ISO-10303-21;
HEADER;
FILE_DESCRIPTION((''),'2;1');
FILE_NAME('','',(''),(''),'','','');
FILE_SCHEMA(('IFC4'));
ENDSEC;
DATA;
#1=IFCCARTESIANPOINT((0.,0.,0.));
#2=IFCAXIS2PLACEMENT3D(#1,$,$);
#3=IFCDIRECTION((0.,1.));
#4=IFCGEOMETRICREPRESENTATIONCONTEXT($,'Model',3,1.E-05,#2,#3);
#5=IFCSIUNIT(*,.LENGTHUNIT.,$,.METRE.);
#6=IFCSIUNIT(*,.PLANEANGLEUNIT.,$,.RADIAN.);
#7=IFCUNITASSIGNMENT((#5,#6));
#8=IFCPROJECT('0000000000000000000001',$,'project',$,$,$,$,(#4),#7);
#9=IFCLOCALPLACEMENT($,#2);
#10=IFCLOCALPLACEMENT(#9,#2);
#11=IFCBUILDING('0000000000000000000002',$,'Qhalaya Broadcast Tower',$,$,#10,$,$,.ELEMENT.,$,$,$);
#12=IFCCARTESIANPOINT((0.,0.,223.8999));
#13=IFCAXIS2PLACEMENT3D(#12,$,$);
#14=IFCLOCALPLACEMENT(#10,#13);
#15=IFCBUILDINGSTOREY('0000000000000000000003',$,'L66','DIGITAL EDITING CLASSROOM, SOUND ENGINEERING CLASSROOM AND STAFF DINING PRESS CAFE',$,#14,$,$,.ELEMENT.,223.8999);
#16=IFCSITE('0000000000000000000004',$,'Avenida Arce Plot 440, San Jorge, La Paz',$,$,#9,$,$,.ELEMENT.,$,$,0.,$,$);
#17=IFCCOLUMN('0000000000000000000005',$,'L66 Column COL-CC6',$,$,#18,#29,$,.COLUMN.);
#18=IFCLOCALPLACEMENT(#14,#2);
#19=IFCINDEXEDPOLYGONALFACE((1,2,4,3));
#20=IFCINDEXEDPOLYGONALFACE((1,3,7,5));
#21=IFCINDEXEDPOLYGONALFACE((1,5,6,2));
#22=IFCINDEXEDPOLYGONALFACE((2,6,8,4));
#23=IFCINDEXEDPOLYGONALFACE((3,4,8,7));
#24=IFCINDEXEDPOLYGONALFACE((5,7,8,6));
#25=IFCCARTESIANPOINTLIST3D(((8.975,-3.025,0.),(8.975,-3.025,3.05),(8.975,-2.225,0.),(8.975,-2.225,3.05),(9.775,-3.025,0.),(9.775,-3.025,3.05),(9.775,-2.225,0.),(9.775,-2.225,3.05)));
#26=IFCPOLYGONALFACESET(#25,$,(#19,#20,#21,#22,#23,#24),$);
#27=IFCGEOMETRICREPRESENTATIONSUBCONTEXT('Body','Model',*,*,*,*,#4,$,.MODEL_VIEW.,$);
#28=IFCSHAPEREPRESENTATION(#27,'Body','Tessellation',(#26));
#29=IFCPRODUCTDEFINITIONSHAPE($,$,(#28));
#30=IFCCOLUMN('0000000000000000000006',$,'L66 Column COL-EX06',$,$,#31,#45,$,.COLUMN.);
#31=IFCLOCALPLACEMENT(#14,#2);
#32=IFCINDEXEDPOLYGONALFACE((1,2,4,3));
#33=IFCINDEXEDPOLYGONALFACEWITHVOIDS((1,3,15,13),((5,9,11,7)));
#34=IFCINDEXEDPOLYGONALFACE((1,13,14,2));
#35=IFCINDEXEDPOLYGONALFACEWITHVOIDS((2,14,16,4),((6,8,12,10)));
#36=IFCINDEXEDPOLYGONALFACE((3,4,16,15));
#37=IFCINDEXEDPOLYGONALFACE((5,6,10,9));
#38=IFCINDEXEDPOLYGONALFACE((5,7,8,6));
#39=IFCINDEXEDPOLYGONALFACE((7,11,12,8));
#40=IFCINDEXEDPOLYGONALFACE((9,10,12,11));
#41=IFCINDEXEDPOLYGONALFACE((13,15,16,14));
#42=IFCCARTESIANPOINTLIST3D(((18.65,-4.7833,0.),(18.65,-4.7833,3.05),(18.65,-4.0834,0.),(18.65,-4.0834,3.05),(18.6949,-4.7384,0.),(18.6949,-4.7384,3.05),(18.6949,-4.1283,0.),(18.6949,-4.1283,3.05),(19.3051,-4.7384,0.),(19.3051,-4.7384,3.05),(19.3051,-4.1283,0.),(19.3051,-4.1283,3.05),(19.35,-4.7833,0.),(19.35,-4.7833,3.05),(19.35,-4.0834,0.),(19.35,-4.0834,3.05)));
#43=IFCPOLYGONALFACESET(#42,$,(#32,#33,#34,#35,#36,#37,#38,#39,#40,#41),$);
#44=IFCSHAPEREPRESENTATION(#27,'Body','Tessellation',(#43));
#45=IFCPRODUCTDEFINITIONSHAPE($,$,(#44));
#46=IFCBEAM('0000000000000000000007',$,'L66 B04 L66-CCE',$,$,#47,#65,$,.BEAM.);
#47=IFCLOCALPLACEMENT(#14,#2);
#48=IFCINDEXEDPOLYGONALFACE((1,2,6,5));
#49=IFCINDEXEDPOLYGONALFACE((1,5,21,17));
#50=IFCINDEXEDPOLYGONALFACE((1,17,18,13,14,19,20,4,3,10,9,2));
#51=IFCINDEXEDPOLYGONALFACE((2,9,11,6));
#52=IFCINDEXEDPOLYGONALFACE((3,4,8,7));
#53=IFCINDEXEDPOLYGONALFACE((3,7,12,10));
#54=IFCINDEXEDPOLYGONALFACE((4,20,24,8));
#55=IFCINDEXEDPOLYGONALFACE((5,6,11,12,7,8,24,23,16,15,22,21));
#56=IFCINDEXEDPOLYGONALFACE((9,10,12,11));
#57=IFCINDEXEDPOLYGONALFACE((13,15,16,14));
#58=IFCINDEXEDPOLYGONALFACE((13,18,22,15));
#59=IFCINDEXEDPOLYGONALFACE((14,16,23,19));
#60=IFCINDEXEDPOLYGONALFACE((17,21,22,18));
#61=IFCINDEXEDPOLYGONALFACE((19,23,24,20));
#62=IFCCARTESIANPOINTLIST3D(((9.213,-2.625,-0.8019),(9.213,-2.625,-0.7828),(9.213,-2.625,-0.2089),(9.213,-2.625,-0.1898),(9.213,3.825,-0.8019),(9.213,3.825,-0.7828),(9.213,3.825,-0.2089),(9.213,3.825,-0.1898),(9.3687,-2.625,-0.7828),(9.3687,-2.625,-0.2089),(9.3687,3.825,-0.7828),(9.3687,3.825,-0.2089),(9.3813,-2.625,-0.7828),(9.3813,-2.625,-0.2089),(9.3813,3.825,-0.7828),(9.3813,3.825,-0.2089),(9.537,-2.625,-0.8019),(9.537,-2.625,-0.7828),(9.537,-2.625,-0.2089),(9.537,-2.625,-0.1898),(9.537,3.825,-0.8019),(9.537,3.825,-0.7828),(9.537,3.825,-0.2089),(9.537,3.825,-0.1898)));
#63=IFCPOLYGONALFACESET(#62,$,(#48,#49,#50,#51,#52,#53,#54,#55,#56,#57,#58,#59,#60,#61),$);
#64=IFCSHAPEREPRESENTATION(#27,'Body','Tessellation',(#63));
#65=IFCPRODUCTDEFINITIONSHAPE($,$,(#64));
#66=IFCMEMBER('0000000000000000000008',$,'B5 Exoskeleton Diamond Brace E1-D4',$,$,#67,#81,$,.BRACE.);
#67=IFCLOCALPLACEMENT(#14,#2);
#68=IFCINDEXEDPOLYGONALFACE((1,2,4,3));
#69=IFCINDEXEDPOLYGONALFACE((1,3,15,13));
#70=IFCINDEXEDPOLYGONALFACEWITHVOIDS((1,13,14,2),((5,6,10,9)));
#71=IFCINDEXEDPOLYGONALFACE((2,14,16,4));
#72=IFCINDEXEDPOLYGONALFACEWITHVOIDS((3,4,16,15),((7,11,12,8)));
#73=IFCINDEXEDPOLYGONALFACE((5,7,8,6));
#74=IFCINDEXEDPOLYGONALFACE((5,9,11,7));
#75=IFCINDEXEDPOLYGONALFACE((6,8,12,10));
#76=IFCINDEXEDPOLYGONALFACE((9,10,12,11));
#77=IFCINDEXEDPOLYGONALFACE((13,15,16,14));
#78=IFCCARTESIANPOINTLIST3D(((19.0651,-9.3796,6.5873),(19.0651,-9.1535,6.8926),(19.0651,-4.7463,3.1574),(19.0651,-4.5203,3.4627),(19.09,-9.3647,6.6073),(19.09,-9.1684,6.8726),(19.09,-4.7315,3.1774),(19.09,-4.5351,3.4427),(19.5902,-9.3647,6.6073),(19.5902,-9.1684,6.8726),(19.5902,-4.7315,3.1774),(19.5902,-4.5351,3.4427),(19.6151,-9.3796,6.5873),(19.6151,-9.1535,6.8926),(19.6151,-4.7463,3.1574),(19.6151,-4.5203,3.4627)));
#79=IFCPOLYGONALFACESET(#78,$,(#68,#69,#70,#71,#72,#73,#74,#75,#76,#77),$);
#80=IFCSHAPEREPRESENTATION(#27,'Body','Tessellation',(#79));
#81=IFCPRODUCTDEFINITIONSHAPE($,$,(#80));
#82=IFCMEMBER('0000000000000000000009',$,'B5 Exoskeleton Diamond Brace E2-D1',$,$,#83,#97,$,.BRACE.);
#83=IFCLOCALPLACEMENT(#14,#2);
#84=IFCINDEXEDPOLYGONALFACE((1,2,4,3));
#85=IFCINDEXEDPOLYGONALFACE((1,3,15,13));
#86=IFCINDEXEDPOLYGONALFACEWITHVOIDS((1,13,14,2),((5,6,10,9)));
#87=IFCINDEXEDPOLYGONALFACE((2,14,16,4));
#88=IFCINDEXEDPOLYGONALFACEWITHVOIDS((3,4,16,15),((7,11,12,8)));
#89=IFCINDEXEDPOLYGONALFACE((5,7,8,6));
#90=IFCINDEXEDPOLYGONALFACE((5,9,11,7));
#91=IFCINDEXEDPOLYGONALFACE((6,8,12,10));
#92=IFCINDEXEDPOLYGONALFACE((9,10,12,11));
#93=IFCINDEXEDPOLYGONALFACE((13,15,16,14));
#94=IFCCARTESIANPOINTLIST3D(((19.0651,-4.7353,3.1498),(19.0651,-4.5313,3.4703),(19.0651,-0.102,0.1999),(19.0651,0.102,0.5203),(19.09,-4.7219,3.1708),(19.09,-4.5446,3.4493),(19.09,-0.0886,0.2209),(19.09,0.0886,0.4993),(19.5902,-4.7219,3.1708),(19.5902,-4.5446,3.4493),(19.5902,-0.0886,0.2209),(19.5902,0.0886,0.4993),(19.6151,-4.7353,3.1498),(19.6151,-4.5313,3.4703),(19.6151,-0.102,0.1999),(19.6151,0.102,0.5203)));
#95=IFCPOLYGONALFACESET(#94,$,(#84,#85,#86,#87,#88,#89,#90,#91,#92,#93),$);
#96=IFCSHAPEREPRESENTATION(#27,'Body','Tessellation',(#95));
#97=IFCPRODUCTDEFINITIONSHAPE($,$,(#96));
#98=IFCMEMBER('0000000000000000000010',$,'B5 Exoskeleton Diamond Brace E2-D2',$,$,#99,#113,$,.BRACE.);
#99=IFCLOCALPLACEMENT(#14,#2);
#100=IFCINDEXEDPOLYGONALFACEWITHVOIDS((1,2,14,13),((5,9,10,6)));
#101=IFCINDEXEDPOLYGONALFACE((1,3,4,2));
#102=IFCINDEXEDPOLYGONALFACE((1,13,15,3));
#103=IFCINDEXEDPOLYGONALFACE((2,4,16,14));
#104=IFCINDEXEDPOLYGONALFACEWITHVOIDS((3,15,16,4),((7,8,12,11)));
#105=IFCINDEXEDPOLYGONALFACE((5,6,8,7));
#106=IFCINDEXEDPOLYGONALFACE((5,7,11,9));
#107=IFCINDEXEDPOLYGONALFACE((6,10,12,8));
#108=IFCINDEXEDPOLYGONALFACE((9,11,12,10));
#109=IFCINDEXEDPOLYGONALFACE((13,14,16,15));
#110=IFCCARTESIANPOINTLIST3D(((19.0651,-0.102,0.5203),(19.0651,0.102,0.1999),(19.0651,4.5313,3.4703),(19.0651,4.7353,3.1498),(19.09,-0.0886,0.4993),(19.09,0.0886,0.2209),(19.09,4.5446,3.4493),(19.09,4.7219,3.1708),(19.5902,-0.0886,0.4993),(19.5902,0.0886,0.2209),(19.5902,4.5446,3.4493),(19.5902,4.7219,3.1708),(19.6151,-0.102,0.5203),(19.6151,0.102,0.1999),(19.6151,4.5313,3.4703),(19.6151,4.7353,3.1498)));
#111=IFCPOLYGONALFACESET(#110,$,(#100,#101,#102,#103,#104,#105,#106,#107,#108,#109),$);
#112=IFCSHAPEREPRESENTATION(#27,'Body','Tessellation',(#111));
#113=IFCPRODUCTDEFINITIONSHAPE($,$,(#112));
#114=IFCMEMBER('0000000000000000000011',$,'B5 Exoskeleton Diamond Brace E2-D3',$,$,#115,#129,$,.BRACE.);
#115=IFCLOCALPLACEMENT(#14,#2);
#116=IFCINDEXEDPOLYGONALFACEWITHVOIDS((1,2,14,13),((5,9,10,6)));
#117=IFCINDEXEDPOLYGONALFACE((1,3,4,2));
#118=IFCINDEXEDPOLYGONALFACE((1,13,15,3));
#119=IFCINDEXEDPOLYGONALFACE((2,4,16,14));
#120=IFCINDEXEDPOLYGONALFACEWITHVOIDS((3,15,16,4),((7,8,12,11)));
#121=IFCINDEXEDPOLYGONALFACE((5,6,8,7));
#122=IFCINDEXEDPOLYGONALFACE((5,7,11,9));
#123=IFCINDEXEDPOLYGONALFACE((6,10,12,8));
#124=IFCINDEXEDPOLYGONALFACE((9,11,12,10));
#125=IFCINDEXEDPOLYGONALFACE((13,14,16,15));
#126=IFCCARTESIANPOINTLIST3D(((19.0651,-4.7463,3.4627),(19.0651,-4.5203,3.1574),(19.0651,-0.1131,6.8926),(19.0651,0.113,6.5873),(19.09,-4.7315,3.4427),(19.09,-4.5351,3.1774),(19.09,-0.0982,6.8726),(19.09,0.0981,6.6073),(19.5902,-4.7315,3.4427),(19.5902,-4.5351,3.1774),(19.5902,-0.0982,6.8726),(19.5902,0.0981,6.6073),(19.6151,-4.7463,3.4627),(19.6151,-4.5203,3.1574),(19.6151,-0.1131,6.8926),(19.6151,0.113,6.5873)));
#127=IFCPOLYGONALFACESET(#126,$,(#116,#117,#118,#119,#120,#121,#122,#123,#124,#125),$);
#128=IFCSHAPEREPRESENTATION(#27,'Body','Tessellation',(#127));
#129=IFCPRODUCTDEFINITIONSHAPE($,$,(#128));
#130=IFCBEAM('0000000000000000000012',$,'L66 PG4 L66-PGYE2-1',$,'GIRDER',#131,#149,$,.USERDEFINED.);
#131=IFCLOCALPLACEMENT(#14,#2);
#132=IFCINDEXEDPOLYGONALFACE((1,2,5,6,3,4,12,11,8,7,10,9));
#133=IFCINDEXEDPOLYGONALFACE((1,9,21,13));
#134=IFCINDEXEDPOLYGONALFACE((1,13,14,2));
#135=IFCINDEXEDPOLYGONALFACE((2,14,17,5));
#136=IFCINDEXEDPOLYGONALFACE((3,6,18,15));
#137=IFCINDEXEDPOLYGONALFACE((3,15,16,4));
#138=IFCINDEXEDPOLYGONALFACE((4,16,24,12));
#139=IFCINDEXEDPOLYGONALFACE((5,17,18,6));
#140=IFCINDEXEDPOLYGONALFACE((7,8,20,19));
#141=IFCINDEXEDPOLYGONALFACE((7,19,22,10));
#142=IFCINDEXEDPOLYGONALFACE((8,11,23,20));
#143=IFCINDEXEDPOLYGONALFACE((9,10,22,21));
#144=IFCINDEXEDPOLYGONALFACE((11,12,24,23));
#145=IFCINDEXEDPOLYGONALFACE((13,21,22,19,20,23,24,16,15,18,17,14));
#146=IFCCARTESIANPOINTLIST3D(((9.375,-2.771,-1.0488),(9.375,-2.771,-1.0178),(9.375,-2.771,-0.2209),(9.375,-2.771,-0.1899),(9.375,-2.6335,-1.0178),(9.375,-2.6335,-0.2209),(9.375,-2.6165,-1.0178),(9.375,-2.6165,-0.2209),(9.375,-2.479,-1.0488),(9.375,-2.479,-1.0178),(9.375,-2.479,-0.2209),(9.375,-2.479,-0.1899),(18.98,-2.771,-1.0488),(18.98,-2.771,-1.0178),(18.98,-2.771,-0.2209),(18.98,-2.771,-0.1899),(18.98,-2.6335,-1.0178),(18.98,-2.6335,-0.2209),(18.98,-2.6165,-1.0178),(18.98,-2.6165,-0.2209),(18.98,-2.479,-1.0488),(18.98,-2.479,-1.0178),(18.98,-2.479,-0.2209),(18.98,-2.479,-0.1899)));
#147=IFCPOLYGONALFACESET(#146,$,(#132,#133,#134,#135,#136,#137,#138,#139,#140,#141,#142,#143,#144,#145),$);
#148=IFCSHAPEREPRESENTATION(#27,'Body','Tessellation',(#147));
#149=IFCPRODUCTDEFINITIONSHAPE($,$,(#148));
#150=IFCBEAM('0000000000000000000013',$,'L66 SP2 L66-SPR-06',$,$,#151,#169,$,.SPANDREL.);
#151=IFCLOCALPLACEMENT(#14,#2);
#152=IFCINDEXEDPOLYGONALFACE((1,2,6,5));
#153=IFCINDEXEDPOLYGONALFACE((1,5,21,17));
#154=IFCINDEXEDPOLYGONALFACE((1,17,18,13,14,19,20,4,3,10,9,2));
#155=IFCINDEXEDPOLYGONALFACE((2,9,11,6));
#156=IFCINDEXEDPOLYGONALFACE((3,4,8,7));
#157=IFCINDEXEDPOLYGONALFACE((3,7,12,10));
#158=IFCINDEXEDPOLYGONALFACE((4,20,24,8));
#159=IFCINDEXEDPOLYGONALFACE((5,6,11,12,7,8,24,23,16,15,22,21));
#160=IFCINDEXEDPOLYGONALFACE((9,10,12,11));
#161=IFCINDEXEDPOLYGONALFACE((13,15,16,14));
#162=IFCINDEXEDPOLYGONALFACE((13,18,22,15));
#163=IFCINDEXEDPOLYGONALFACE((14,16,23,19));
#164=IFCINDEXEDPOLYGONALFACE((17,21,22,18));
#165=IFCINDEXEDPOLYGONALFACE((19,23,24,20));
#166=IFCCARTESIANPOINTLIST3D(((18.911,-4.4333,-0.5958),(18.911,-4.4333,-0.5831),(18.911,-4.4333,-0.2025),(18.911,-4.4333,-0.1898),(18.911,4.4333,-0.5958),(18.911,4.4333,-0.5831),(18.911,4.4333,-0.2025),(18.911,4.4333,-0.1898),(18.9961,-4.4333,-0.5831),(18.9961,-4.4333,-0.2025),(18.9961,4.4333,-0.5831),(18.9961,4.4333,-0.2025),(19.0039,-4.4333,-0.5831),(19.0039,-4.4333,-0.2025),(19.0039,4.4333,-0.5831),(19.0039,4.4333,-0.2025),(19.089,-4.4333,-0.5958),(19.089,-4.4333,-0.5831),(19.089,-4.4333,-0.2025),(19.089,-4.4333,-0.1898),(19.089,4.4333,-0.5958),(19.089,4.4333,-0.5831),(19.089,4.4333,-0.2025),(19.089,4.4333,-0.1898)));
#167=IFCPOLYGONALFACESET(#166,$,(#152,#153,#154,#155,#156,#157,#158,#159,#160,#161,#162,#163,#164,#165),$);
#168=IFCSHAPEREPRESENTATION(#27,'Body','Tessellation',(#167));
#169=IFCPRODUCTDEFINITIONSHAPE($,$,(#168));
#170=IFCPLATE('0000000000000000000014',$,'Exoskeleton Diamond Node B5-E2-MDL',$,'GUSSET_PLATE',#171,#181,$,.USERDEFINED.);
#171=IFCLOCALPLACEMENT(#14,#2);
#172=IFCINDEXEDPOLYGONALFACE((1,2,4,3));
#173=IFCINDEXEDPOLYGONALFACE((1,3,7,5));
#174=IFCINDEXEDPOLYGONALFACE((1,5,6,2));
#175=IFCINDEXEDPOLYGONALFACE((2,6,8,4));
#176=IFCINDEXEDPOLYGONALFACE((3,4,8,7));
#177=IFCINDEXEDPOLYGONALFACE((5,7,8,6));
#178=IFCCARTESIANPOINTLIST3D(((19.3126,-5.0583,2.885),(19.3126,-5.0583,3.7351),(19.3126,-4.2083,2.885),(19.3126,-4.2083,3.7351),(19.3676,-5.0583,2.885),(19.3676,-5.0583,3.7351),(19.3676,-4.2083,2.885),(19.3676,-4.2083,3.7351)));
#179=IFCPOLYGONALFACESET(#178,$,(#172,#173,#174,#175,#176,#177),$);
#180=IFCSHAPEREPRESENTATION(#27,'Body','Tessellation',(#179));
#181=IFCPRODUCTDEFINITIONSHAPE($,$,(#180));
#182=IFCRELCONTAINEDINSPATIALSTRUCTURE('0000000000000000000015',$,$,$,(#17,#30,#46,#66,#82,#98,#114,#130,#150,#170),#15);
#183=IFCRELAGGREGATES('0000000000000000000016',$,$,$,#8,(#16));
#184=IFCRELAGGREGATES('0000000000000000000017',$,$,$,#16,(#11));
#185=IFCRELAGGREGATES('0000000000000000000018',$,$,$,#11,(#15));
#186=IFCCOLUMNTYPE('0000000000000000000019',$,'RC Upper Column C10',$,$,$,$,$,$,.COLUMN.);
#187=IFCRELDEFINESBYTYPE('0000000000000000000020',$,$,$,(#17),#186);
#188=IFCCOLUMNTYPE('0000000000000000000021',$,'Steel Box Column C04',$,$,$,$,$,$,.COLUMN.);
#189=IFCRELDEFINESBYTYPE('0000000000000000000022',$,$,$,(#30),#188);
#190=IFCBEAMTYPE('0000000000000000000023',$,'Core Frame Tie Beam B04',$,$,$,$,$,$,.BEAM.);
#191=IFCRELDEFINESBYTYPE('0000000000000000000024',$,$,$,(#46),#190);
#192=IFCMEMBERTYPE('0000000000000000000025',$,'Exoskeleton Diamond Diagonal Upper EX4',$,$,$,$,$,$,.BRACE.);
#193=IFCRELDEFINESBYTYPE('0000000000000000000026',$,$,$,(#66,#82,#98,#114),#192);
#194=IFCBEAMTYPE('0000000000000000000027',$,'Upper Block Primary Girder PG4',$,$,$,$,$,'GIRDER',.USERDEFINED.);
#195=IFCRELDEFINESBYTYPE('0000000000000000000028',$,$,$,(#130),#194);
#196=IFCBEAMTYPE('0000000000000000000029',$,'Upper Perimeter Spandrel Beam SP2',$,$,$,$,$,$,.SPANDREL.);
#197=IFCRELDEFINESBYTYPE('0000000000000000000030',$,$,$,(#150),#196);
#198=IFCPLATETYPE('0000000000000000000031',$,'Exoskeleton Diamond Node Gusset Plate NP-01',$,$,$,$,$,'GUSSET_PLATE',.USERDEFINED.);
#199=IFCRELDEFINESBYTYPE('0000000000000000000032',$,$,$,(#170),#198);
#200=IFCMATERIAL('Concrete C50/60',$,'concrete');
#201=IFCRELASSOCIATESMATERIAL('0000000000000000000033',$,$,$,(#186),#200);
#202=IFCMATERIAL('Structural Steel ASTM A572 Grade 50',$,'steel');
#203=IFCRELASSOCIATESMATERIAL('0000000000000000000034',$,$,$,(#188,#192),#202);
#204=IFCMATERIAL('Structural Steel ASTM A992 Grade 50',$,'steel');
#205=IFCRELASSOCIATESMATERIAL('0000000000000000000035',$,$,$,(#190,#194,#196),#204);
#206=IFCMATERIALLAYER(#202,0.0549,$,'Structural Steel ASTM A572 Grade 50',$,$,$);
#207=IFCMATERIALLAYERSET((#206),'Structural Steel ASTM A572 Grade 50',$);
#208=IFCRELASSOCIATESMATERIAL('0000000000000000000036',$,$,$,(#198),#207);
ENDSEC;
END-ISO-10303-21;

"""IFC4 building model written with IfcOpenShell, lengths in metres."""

from ifc_helpers import new_model, si_unit, direction, frame, origin, origin_2d, place, context, subcontext, project, spatial, rectangle, hollow_rectangle, i_section, extrude, material, layer, layer_set, material_profile, profile_set, type_object, element, save


model = new_model("IFC4")

# Units and contexts
model_context = context("Model", 3, precision=1e-05, world=origin(), true_north=direction((0.0, 1.0)))
body_context = subcontext(model_context, "Body", "Model", "MODEL_VIEW")
ifc_project = project(units=[si_unit("LENGTHUNIT", "METRE"), si_unit("PLANEANGLEUNIT", "RADIAN")], contexts=[model_context])

# Site, building, storey
site_placement = place(None, origin())
site = spatial("IfcSite", under=ifc_project, at=site_placement, Name="Avenida Arce Plot 440, San Jorge, La Paz", CompositionType="ELEMENT", RefElevation=0.0)
building_placement = place(site_placement, origin())
building = spatial("IfcBuilding", under=site, at=building_placement, Name="Qhalaya Broadcast Tower", CompositionType="ELEMENT")
storey_placement = place(building_placement, frame((0.0, 0.0, 223.8999)))
storey = spatial("IfcBuildingStorey", under=building, at=storey_placement, Name="L66", Description="DIGITAL EDITING CLASSROOM, SOUND ENGINEERING CLASSROOM AND STAFF DINING PRESS CAFE", CompositionType="ELEMENT", Elevation=223.8999)

# Columns
ifc_material_1 = material(Name="Concrete C50/60", Category="concrete")
ifc_material_profile_1 = material_profile(ifc_material_1, rectangle(XDim=0.8, YDim=0.8, at=origin_2d()), Name="RC-COL 800x800")
ifc_profile_set_1 = profile_set([ifc_material_profile_1], Name="Concrete C50/60")
column_type_1 = type_object("IfcColumnType", Name="RC Upper Column C10", PredefinedType="COLUMN", material=ifc_profile_set_1)
column_1_placement = place(storey_placement, frame((9.375, -2.625, 0.0), z_axis=(0.0, 0.0, 1.0), x_axis=(1.0, 0.0, 0.0)))
element("IfcColumn", 1, at=column_1_placement, inside=storey, type_object=column_type_1, Name="L66 Column COL-CC6", PredefinedType="COLUMN", context=body_context, shape_type="SweptSolid", body=[
    extrude(rectangle(XDim=0.8, YDim=0.8, at=origin_2d()), origin(), (0.0, 0.0, 1.0), 3.05),
])
ifc_material_2 = material(Name="Structural Steel ASTM A572 Grade 50", Category="steel")
ifc_material_profile_2 = material_profile(ifc_material_2, hollow_rectangle(XDim=0.7, YDim=0.7, WallThickness=0.0449, at=origin_2d()), Name="BOX 700x700x45")
ifc_profile_set_2 = profile_set([ifc_material_profile_2], Name="Structural Steel ASTM A572 Grade 50")
column_type_2 = type_object("IfcColumnType", Name="Steel Box Column C04", PredefinedType="COLUMN", material=ifc_profile_set_2)
column_2_placement = place(storey_placement, frame((19.0, -4.4333, 0.0), z_axis=(0.0, 0.0, 1.0), x_axis=(0.0, 1.0, 0.0)))
element("IfcColumn", 2, at=column_2_placement, inside=storey, type_object=column_type_2, Name="L66 Column COL-EX06", PredefinedType="COLUMN", context=body_context, shape_type="SweptSolid", body=[
    extrude(hollow_rectangle(XDim=0.7, YDim=0.7, WallThickness=0.0449, at=origin_2d()), origin(), (0.0, 0.0, 1.0), 3.05),
])

# Beam
ifc_material_3 = material(Name="Structural Steel ASTM A992 Grade 50", Category="steel")
ifc_material_profile_3 = material_profile(ifc_material_3, i_section(OverallWidth=0.324, OverallDepth=0.6121, WebThickness=0.0127, FlangeThickness=0.019, at=origin_2d()), Name="W24X104")
ifc_profile_set_3 = profile_set([ifc_material_profile_3], Name="Structural Steel ASTM A992 Grade 50")
beam_type_1 = type_object("IfcBeamType", Name="Core Frame Tie Beam B04", PredefinedType="BEAM", material=ifc_profile_set_3)
beam_1_placement = place(storey_placement, frame((9.375, -2.625, -0.4958), z_axis=(0.0, 1.0, 0.0), x_axis=(-1.0, 0.0, 0.0)))
element("IfcBeam", 3, at=beam_1_placement, inside=storey, type_object=beam_type_1, Name="L66 B04 L66-CCE", PredefinedType="BEAM", context=body_context, shape_type="SweptSolid", body=[
    extrude(i_section(OverallWidth=0.324, OverallDepth=0.6121, WebThickness=0.0127, FlangeThickness=0.019, at=origin_2d()), origin(), (0.0, 0.0, 1.0), 6.45),
])

# Members
ifc_material_profile_4 = material_profile(ifc_material_2, hollow_rectangle(XDim=0.3799, YDim=0.55, WallThickness=0.0249, at=origin_2d()), Name="BOX 380x550x25")
ifc_profile_set_4 = profile_set([ifc_material_profile_4], Name="Structural Steel ASTM A572 Grade 50")
member_type = type_object("IfcMemberType", Name="Exoskeleton Diamond Diagonal Upper EX4", PredefinedType="BRACE", material=ifc_profile_set_4)
member_1_placement = place(storey_placement, frame((19.3401, -4.6333, 3.3101), z_axis=(0.0, -0.803735, 0.594987), x_axis=(0.0, 0.594987, 0.803735)))
element("IfcMember", 4, at=member_1_placement, inside=storey, type_object=member_type, Name="B5 Exoskeleton Diamond Brace E1-D4", PredefinedType="BRACE", context=body_context, shape_type="SweptSolid", body=[
    extrude(hollow_rectangle(XDim=0.3799, YDim=0.55, WallThickness=0.0249, at=origin_2d()), origin(), (0.0, 0.0, 1.0), 5.7646),
])
for number, where, z_axis, x_axis, name in (
    (5, (19.3401, 0.0, 0.3601), (0.0, -0.843539, 0.537068), (0.0, 0.537068, 0.843539), "B5 Exoskeleton Diamond Brace E2-D1"),
    (6, (19.3401, 0.0, 0.3601), (0.0, 0.843539, 0.537068), (0.0, -0.537068, 0.843539), "B5 Exoskeleton Diamond Brace E2-D2"),
):
    element("IfcMember", number, at=place(storey_placement, frame(where, z_axis=z_axis, x_axis=x_axis)), inside=storey, type_object=member_type, Name=name, PredefinedType="BRACE", context=body_context, shape_type="SweptSolid", body=[
        extrude(hollow_rectangle(XDim=0.3799, YDim=0.55, WallThickness=0.0249, at=origin_2d()), origin(), (0.0, 0.0, 1.0), 5.4927),
    ])
member_2_placement = place(storey_placement, frame((19.3401, -4.6333, 3.3101), z_axis=(0.0, 0.803735, 0.594987), x_axis=(0.0, -0.594987, 0.803735)))
element("IfcMember", 7, at=member_2_placement, inside=storey, type_object=member_type, Name="B5 Exoskeleton Diamond Brace E2-D3", PredefinedType="BRACE", context=body_context, shape_type="SweptSolid", body=[
    extrude(hollow_rectangle(XDim=0.3799, YDim=0.55, WallThickness=0.0249, at=origin_2d()), origin(), (0.0, 0.0, 1.0), 5.7646),
])

# Beams
ifc_material_profile_5 = material_profile(ifc_material_3, i_section(OverallWidth=0.292, OverallDepth=0.8589, WebThickness=0.0171, FlangeThickness=0.031, at=origin_2d()), Name="W33X169")
ifc_profile_set_5 = profile_set([ifc_material_profile_5], Name="Structural Steel ASTM A992 Grade 50")
beam_type_2 = type_object("IfcBeamType", Name="Upper Block Primary Girder PG4", ElementType="GIRDER", PredefinedType="USERDEFINED", material=ifc_profile_set_5)
beam_2_placement = place(storey_placement, frame((9.375, -2.625, -0.6194), z_axis=(1.0, 0.0, 0.0), x_axis=(0.0, 1.0, 0.0)))
element("IfcBeam", 8, at=beam_2_placement, inside=storey, type_object=beam_type_2, Name="L66 PG4 L66-PGYE2-1", ObjectType="GIRDER", PredefinedType="USERDEFINED", context=body_context, shape_type="SweptSolid", body=[
    extrude(i_section(OverallWidth=0.292, OverallDepth=0.8589, WebThickness=0.0171, FlangeThickness=0.031, at=origin_2d()), origin(), (0.0, 0.0, 1.0), 9.605),
])
ifc_material_profile_6 = material_profile(ifc_material_3, i_section(OverallWidth=0.178, OverallDepth=0.406, WebThickness=0.0078, FlangeThickness=0.0127, at=origin_2d()), Name="W16X40")
ifc_profile_set_6 = profile_set([ifc_material_profile_6], Name="Structural Steel ASTM A992 Grade 50")
beam_type_3 = type_object("IfcBeamType", Name="Upper Perimeter Spandrel Beam SP2", PredefinedType="SPANDREL", material=ifc_profile_set_6)
beam_3_placement = place(storey_placement, frame((19.0, -4.4333, -0.3928), z_axis=(0.0, 1.0, 0.0), x_axis=(-1.0, 0.0, 0.0)))
element("IfcBeam", 9, at=beam_3_placement, inside=storey, type_object=beam_type_3, Name="L66 SP2 L66-SPR-06", PredefinedType="SPANDREL", context=body_context, shape_type="SweptSolid", body=[
    extrude(i_section(OverallWidth=0.178, OverallDepth=0.406, WebThickness=0.0078, FlangeThickness=0.0127, at=origin_2d()), origin(), (0.0, 0.0, 1.0), 8.8667),
])

# Plate
ifc_layer_1 = layer(ifc_material_2, 0.0549, Name="Structural Steel ASTM A572 Grade 50")
ifc_layer_set_1 = layer_set([ifc_layer_1], Name="Structural Steel ASTM A572 Grade 50")
plate_type_1 = type_object("IfcPlateType", Name="Exoskeleton Diamond Node Gusset Plate NP-01", ElementType="GUSSET_PLATE", PredefinedType="USERDEFINED", material=ifc_layer_set_1)
plate_1_placement = place(storey_placement, frame((19.3401, -4.6333, 2.885), z_axis=(0.0, 0.0, 1.0), x_axis=(0.0, 1.0, 0.0)))
element("IfcPlate", 10, at=plate_1_placement, inside=storey, type_object=plate_type_1, Name="Exoskeleton Diamond Node B5-E2-MDL", ObjectType="GUSSET_PLATE", PredefinedType="USERDEFINED", context=body_context, shape_type="SweptSolid", body=[
    extrude(rectangle(XDim=0.8501, YDim=0.0549, at=origin_2d()), origin(), (0.0, 0.0, 1.0), 0.8501),
])

save(model, "model.ifc")
